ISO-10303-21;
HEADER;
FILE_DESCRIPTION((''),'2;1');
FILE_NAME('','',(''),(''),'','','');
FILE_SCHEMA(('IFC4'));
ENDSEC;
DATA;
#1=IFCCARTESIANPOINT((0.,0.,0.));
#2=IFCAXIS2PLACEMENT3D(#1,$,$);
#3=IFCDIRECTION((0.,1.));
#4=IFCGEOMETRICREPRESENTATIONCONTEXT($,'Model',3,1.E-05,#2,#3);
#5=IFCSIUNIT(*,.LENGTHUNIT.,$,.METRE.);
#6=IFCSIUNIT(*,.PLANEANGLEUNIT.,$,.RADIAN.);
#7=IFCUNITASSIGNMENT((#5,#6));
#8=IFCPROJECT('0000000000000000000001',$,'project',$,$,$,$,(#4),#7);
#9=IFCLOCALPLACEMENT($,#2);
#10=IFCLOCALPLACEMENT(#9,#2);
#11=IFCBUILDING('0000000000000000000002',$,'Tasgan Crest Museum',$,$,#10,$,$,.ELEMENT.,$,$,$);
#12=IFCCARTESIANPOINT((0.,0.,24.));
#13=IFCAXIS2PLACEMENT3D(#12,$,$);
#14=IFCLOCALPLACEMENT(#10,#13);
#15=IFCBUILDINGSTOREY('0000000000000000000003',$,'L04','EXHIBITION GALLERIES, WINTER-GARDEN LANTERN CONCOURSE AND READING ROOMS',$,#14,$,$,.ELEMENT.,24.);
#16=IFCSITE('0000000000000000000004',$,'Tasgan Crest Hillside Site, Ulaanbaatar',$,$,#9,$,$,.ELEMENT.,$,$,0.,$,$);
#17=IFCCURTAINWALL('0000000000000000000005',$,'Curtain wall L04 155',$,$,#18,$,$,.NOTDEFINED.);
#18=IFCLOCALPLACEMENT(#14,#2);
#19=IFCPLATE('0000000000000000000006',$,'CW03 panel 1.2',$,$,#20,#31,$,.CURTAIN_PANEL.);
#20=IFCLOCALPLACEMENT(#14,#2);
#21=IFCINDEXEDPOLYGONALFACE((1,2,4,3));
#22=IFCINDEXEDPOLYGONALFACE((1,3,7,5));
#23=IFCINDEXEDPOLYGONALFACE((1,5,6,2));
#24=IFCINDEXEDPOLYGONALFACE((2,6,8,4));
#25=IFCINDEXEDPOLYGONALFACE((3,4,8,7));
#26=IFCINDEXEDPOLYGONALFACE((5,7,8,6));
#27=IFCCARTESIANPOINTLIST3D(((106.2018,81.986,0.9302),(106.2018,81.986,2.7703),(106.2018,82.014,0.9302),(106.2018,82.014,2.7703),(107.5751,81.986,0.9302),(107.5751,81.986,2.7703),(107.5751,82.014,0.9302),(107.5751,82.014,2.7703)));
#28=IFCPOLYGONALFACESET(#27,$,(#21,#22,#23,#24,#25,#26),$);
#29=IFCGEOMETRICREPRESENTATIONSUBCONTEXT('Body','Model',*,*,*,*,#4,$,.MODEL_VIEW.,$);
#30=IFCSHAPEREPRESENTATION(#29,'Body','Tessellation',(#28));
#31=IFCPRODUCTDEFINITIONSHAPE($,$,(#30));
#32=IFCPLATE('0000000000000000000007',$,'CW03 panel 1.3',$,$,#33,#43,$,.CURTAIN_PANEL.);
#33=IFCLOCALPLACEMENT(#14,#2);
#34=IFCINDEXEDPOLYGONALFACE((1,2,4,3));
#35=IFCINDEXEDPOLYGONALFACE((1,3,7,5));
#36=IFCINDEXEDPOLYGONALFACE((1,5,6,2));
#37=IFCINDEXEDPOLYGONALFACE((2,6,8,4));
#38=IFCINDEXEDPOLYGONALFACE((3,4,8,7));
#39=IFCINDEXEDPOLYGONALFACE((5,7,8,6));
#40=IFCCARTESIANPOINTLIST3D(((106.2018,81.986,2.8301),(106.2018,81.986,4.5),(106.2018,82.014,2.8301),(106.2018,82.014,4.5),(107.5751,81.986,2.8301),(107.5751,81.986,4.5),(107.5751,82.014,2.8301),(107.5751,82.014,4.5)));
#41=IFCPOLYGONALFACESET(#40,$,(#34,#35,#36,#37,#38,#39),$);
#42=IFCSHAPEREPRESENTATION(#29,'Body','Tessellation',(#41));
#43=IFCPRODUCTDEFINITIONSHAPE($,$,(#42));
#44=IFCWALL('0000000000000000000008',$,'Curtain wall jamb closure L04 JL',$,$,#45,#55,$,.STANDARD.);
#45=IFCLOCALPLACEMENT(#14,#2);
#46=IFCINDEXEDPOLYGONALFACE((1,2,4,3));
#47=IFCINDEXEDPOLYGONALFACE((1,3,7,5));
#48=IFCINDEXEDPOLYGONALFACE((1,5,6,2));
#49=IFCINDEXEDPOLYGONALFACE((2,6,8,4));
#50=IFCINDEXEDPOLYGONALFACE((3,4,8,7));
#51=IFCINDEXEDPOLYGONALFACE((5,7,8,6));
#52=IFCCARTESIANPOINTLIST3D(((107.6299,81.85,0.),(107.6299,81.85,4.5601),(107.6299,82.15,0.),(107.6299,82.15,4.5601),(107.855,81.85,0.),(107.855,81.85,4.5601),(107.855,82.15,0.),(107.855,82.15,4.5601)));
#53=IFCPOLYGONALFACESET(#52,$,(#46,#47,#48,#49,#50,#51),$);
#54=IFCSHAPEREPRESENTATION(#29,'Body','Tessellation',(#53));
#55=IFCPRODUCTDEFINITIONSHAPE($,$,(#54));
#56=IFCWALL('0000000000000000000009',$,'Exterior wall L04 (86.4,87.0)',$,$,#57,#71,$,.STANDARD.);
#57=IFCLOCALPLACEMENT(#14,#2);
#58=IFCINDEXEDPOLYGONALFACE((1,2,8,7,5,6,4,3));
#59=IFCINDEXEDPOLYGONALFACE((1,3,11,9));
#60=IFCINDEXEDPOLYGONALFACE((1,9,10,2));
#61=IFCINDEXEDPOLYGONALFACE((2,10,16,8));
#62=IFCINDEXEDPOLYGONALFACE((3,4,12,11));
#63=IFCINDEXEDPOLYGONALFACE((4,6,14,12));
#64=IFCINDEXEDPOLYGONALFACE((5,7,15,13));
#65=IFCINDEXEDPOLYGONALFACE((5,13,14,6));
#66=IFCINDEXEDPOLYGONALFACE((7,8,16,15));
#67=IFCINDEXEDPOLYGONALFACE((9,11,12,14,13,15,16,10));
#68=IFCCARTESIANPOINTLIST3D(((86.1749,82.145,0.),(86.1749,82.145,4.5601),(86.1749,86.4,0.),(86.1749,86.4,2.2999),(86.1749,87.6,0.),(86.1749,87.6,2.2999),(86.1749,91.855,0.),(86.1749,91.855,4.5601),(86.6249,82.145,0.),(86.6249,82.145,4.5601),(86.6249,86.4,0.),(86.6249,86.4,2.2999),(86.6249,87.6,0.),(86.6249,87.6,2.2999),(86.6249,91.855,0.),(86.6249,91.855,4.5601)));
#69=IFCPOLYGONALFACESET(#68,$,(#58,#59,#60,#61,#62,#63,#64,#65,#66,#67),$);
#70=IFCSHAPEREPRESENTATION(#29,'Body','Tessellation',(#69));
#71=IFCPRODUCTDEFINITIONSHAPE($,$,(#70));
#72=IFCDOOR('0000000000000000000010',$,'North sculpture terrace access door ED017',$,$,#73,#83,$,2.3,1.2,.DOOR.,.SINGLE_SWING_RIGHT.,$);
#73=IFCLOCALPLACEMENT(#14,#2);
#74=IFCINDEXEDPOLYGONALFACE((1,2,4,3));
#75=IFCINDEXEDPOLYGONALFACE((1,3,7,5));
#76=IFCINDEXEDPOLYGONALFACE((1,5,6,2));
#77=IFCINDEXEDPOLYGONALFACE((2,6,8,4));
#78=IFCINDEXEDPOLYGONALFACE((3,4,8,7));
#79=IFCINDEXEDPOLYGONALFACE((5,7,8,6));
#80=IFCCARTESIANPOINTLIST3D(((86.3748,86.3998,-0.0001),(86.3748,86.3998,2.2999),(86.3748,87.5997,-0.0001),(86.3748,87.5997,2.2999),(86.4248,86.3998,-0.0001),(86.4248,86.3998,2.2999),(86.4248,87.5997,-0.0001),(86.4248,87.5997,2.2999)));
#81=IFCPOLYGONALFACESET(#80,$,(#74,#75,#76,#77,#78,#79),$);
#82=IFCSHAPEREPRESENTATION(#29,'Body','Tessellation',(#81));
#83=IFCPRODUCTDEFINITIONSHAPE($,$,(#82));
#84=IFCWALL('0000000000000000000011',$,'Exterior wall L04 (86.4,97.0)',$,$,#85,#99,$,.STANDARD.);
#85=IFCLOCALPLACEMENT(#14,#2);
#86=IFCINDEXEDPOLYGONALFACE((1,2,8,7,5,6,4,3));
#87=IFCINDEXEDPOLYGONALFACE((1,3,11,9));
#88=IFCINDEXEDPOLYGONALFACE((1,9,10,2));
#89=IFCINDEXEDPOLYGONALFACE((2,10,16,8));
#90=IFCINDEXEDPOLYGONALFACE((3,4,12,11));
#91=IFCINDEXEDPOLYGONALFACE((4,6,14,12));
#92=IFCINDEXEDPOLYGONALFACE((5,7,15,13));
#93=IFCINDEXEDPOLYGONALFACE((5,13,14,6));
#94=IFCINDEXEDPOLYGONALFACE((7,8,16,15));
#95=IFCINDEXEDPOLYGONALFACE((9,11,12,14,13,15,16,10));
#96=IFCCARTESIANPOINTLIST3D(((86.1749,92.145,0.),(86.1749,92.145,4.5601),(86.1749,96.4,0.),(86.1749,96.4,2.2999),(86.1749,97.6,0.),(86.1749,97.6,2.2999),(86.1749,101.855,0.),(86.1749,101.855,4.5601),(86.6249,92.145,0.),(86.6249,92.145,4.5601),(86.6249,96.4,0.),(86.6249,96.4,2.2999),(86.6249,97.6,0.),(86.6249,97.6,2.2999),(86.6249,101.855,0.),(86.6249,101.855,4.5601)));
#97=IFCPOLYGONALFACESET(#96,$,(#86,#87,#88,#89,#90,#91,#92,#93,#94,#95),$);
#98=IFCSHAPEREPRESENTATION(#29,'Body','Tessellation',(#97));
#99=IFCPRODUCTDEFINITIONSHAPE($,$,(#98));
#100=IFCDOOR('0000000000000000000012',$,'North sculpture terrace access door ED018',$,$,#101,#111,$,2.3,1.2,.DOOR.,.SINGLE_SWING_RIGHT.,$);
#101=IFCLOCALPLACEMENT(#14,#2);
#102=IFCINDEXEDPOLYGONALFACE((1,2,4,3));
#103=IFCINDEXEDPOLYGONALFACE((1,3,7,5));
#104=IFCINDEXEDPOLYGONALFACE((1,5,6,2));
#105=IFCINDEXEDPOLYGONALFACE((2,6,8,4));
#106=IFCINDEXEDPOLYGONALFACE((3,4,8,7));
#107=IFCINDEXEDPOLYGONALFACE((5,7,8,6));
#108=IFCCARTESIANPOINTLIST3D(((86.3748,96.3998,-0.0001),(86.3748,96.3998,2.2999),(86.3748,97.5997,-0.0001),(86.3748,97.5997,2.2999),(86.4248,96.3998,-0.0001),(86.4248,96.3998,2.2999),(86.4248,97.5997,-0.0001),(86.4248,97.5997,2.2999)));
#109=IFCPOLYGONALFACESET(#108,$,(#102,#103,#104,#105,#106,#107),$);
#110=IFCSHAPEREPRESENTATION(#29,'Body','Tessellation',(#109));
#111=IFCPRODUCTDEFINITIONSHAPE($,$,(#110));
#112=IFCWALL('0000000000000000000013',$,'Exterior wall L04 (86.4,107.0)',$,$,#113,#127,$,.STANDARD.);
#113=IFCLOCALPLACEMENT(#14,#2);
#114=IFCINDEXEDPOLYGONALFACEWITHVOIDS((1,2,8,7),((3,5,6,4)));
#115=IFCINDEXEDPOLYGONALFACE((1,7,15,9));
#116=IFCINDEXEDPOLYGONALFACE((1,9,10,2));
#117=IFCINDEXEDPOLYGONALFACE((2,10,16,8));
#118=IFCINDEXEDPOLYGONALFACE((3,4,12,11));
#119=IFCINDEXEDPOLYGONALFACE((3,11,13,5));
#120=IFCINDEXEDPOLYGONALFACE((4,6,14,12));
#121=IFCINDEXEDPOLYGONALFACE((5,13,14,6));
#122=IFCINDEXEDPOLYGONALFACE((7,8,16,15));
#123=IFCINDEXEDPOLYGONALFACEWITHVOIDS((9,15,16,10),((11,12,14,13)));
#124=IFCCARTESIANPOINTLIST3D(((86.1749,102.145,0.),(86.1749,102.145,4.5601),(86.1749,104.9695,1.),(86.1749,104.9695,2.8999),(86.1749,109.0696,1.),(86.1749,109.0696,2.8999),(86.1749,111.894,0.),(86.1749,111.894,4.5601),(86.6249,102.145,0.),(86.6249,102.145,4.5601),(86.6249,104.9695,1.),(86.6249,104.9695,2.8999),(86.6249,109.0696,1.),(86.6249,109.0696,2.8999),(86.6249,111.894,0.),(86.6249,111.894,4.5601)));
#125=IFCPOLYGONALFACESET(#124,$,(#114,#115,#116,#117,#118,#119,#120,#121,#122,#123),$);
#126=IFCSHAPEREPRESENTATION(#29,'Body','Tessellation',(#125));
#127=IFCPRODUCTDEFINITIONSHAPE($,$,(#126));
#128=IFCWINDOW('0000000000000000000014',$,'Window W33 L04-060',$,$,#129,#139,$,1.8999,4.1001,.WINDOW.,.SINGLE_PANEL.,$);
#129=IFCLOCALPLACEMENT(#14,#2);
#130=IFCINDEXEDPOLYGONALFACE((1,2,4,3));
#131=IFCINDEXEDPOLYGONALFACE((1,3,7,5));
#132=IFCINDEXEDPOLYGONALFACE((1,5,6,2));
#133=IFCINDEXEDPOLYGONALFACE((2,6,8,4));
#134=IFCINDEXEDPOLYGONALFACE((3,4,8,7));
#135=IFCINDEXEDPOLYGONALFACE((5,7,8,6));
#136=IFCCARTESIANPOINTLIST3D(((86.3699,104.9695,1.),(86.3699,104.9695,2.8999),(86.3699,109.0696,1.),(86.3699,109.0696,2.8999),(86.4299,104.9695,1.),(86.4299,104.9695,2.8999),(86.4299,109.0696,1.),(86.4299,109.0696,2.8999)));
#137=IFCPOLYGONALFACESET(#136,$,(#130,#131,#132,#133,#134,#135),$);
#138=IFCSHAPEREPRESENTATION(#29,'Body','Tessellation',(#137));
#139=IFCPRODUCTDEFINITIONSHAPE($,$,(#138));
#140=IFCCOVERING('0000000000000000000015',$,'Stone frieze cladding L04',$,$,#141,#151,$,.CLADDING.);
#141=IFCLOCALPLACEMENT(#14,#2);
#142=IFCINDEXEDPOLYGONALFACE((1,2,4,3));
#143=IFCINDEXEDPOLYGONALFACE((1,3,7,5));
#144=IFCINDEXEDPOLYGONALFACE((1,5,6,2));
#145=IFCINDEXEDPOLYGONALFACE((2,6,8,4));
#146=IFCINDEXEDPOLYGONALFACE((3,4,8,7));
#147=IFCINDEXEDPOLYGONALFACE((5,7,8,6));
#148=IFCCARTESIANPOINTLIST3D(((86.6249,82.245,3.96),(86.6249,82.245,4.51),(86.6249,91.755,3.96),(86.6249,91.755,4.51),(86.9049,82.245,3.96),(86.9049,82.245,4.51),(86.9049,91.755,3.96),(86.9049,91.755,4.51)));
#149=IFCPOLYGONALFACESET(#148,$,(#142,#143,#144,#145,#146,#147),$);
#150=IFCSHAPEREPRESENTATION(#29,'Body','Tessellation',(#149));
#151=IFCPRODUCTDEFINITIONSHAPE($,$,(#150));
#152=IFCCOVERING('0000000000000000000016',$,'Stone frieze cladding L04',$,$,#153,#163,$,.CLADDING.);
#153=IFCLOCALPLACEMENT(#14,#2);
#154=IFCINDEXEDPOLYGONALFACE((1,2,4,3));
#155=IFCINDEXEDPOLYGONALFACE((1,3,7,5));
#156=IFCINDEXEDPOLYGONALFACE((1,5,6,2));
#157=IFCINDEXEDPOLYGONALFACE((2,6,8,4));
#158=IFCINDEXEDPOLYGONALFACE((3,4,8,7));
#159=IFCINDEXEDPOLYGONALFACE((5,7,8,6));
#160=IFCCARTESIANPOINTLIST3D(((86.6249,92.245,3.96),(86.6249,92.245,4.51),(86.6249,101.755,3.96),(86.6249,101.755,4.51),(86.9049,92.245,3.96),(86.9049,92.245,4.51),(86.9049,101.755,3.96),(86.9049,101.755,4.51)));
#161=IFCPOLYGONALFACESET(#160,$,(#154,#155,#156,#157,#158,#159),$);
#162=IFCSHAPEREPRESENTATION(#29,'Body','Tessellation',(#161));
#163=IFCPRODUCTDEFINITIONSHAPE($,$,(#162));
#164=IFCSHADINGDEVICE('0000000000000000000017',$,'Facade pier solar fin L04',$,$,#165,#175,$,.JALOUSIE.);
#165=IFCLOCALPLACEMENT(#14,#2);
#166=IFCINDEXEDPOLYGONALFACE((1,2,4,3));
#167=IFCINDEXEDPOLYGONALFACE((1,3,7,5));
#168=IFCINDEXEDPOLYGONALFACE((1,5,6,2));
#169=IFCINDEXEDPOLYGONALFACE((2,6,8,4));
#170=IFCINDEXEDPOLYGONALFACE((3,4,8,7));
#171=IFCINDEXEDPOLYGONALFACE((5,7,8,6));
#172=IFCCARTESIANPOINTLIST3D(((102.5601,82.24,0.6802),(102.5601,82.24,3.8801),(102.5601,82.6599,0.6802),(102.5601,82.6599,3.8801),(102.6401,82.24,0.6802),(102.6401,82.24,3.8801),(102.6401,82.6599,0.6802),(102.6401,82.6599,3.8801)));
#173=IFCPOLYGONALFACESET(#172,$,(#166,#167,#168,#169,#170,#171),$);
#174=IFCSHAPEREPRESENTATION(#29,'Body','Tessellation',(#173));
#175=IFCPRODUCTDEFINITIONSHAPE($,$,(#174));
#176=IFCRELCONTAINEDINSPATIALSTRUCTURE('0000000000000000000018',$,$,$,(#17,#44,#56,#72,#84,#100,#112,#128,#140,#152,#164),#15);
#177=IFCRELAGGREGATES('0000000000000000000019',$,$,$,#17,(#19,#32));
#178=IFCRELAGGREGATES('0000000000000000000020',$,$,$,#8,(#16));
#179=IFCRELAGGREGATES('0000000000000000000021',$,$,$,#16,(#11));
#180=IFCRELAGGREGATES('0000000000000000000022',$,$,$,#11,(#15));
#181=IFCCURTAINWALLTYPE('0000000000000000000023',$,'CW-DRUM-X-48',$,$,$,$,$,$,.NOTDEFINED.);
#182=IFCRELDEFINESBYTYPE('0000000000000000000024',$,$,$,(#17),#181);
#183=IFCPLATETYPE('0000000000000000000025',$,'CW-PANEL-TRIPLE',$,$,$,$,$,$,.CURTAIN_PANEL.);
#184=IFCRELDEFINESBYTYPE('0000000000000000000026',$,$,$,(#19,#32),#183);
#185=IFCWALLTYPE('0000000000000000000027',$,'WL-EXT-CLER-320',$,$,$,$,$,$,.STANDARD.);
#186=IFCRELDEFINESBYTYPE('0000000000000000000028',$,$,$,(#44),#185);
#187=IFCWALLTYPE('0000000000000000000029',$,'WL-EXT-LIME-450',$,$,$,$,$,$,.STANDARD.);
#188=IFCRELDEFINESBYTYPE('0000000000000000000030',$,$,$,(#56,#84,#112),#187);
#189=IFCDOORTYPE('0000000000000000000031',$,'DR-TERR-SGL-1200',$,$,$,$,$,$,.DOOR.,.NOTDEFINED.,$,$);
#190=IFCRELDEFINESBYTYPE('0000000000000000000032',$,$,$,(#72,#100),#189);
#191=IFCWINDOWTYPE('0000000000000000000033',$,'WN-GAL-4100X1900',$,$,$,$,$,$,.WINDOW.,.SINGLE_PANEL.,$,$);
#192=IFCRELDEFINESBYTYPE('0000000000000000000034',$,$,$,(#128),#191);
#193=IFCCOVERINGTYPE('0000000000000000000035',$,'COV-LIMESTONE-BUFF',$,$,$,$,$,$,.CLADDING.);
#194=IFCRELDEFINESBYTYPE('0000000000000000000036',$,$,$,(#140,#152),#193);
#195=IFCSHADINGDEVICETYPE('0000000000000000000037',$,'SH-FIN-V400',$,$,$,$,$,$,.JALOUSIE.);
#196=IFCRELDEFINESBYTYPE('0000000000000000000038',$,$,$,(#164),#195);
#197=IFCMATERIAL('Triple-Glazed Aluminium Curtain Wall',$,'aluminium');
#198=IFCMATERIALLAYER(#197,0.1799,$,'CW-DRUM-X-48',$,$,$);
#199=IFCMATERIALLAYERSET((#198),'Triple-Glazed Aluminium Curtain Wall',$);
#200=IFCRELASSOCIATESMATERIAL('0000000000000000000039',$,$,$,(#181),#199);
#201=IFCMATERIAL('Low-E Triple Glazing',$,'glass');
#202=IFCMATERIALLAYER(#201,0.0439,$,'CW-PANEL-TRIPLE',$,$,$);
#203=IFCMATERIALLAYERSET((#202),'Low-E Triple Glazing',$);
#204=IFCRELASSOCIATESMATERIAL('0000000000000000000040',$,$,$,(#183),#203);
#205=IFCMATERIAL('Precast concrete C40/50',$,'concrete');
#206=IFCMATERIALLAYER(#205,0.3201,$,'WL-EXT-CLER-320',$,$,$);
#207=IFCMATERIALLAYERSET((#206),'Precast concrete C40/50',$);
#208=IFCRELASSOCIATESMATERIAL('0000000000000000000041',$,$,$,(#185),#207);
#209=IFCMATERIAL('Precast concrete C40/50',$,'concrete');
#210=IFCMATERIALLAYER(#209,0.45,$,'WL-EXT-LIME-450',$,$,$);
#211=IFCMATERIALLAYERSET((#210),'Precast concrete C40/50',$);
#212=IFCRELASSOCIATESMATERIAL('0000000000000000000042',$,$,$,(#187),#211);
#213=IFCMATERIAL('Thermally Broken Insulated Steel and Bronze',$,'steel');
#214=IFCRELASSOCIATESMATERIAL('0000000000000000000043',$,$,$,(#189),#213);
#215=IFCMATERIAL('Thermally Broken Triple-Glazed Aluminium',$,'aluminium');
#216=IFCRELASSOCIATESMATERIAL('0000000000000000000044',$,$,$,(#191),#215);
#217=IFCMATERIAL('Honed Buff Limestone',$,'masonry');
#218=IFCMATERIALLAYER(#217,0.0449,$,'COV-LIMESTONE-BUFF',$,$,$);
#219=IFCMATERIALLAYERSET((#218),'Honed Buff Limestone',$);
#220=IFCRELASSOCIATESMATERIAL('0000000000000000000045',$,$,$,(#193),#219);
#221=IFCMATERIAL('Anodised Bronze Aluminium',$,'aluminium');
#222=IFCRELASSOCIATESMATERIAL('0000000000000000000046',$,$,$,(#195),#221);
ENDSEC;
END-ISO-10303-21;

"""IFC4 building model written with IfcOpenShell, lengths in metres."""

from ifc_helpers import new_model, si_unit, direction, frame, frame_2d, origin, origin_2d, place, context, subcontext, project, spatial, rectangle, extrude, material, layer, layer_set, type_object, element, fill, aggregate, save


model = new_model("IFC4")

# Units and contexts
model_context = context("Model", 3, precision=1e-05, world=origin(), true_north=direction((0.0, 1.0)))
body_context = subcontext(model_context, "Body", "Model", "MODEL_VIEW")
ifc_project = project(units=[si_unit("LENGTHUNIT", "METRE"), si_unit("PLANEANGLEUNIT", "RADIAN")], contexts=[model_context])

# Site, building, storey
site_placement = place(None, origin())
site = spatial("IfcSite", under=ifc_project, at=site_placement, Name="Tasgan Crest Hillside Site, Ulaanbaatar", CompositionType="ELEMENT", RefElevation=0.0)
building_placement = place(site_placement, origin())
building = spatial("IfcBuilding", under=site, at=building_placement, Name="Tasgan Crest Museum", CompositionType="ELEMENT")
storey_placement = place(building_placement, frame((0.0, 0.0, 24.0)))
storey = spatial("IfcBuildingStorey", under=building, at=storey_placement, Name="L04", Description="EXHIBITION GALLERIES, WINTER-GARDEN LANTERN CONCOURSE AND READING ROOMS", CompositionType="ELEMENT", Elevation=24.0)

# Curtain wall, plates
ifc_material_1 = material(Name="Triple-Glazed Aluminium Curtain Wall", Category="aluminium")
ifc_layer_1 = layer(ifc_material_1, 0.1799, Name="CW-DRUM-X-48")
ifc_layer_set_1 = layer_set([ifc_layer_1], Name="Triple-Glazed Aluminium Curtain Wall")
curtain_wall_type = type_object("IfcCurtainWallType", Name="CW-DRUM-X-48", PredefinedType="NOTDEFINED", material=ifc_layer_set_1)
curtain_wall_placement = place(storey_placement, origin())
curtain_wall = element("IfcCurtainWall", 1, at=curtain_wall_placement, inside=storey, type_object=curtain_wall_type, Name="Curtain wall L04 155", PredefinedType="NOTDEFINED")
ifc_material_2 = material(Name="Low-E Triple Glazing", Category="glass")
ifc_layer_2 = layer(ifc_material_2, 0.0439, Name="CW-PANEL-TRIPLE")
ifc_layer_set_2 = layer_set([ifc_layer_2], Name="Low-E Triple Glazing")
plate_type = type_object("IfcPlateType", Name="CW-PANEL-TRIPLE", PredefinedType="CURTAIN_PANEL", material=ifc_layer_set_2)
plate_1_placement = place(storey_placement, frame((106.8884, 82.0, 0.9302), z_axis=(0.0, 0.0, 1.0), x_axis=(-1.0, 0.0, 0.0)))
plate_1 = element("IfcPlate", 2, at=plate_1_placement, type_object=plate_type, Name="CW03 panel 1.2", PredefinedType="CURTAIN_PANEL", context=body_context, shape_type="SweptSolid", body=[
    extrude(rectangle(XDim=1.3733, YDim=0.0281, at=origin_2d()), origin(), (0.0, 0.0, 1.0), 1.8401),
])
plate_2_placement = place(storey_placement, frame((106.8884, 82.0, 2.8301), z_axis=(0.0, 0.0, 1.0), x_axis=(-1.0, 0.0, 0.0)))
plate_2 = element("IfcPlate", 3, at=plate_2_placement, type_object=plate_type, Name="CW03 panel 1.3", PredefinedType="CURTAIN_PANEL", context=body_context, shape_type="SweptSolid", body=[
    extrude(rectangle(XDim=1.3733, YDim=0.0281, at=origin_2d()), origin(), (0.0, 0.0, 1.0), 1.6699),
])
aggregate(curtain_wall, [plate_1, plate_2])

# Wall
ifc_material_3 = material(Name="Precast concrete C40/50", Category="concrete")
ifc_layer_3 = layer(ifc_material_3, 0.3201, Name="WL-EXT-CLER-320")
ifc_layer_set_3 = layer_set([ifc_layer_3], Name="Precast concrete C40/50")
wall_type_1 = type_object("IfcWallType", Name="WL-EXT-CLER-320", PredefinedType="STANDARD", material=ifc_layer_set_3)
wall_1_placement = place(storey_placement, frame((107.855, 82.0, 0.0), z_axis=(0.0, 0.0, 1.0), x_axis=(-1.0, 0.0, 0.0)))
element("IfcWall", 4, at=wall_1_placement, inside=storey, type_object=wall_type_1, Name="Curtain wall jamb closure L04 JL", PredefinedType="STANDARD", context=body_context, shape_type="SweptSolid", body=[
    extrude(rectangle(XDim=0.2251, YDim=0.3, at=frame_2d((0.1125, 0.0))), origin(), (0.0, 0.0, 1.0), 4.5601),
])

# Walls, openings, doors
ifc_material_4 = material(Name="Precast concrete C40/50", Category="concrete")
ifc_layer_4 = layer(ifc_material_4, 0.45, Name="WL-EXT-LIME-450")
ifc_layer_set_4 = layer_set([ifc_layer_4], Name="Precast concrete C40/50")
wall_type_2 = type_object("IfcWallType", Name="WL-EXT-LIME-450", PredefinedType="STANDARD", material=ifc_layer_set_4)
wall_2_placement = place(storey_placement, frame((86.3999, 82.145, 0.0), z_axis=(0.0, 0.0, 1.0), x_axis=(0.0, 1.0, 0.0)))
wall_2 = element("IfcWall", 5, at=wall_2_placement, inside=storey, type_object=wall_type_2, Name="Exterior wall L04 (86.4,87.0)", PredefinedType="STANDARD", context=body_context, shape_type="SweptSolid", body=[
    extrude(rectangle(XDim=9.71, YDim=0.45, at=frame_2d((4.855, 0.0))), origin(), (0.0, 0.0, 1.0), 4.5601),
])
opening_1_placement = place(wall_2_placement, frame((4.2549, 0.0, 0.0)))
opening_1 = element("IfcOpeningElement", 6, at=opening_1_placement, cuts=wall_2, PredefinedType="OPENING", context=body_context, shape_type="SweptSolid", body=[
    extrude(rectangle(XDim=1.2, YDim=2.3, at=frame_2d((0.6001, 1.1499))), frame((0.0, 0.2349, 0.0), z_axis=(0.0, -1.0, 0.0), x_axis=(1.0, 0.0, 0.0)), (0.0, 0.0, 1.0), 0.47),
])
ifc_material_5 = material(Name="Thermally Broken Insulated Steel and Bronze", Category="steel")
door_type = type_object("IfcDoorType", Name="DR-TERR-SGL-1200", OperationType="NOTDEFINED", PredefinedType="DOOR", material=ifc_material_5)
door_1_placement = place(opening_1_placement, frame((1.2, 0.0, 0.0), z_axis=(0.0, 0.0, 1.0), x_axis=(-1.0, 0.0, 0.0)))
door_1 = element("IfcDoor", 7, at=door_1_placement, inside=storey, type_object=door_type, Name="North sculpture terrace access door ED017", OperationType="SINGLE_SWING_RIGHT", OverallHeight=2.3, OverallWidth=1.2, PredefinedType="DOOR", context=body_context, shape_type="SweptSolid", body=[
    extrude(rectangle(XDim=1.2, YDim=2.3, at=frame_2d((0.6001, 1.1499))), frame((0.0, 0.0249, 0.0), z_axis=(0.0, -1.0, 0.0), x_axis=(1.0, 0.0, 0.0)), (0.0, 0.0, 1.0), 0.05),
])
fill(opening_1, door_1)
wall_3_placement = place(storey_placement, frame((86.3999, 92.145, 0.0), z_axis=(0.0, 0.0, 1.0), x_axis=(0.0, 1.0, 0.0)))
wall_3 = element("IfcWall", 8, at=wall_3_placement, inside=storey, type_object=wall_type_2, Name="Exterior wall L04 (86.4,97.0)", PredefinedType="STANDARD", context=body_context, shape_type="SweptSolid", body=[
    extrude(rectangle(XDim=9.71, YDim=0.45, at=frame_2d((4.855, 0.0))), origin(), (0.0, 0.0, 1.0), 4.5601),
])
opening_2_placement = place(wall_3_placement, frame((4.2549, 0.0, 0.0)))
opening_2 = element("IfcOpeningElement", 9, at=opening_2_placement, cuts=wall_3, PredefinedType="OPENING", context=body_context, shape_type="SweptSolid", body=[
    extrude(rectangle(XDim=1.2, YDim=2.3, at=frame_2d((0.6001, 1.1499))), frame((0.0, 0.2349, 0.0), z_axis=(0.0, -1.0, 0.0), x_axis=(1.0, 0.0, 0.0)), (0.0, 0.0, 1.0), 0.47),
])
door_2_placement = place(opening_2_placement, frame((1.2, 0.0, 0.0), z_axis=(0.0, 0.0, 1.0), x_axis=(-1.0, 0.0, 0.0)))
door_2 = element("IfcDoor", 10, at=door_2_placement, inside=storey, type_object=door_type, Name="North sculpture terrace access door ED018", OperationType="SINGLE_SWING_RIGHT", OverallHeight=2.3, OverallWidth=1.2, PredefinedType="DOOR", context=body_context, shape_type="SweptSolid", body=[
    extrude(rectangle(XDim=1.2, YDim=2.3, at=frame_2d((0.6001, 1.1499))), frame((0.0, 0.0249, 0.0), z_axis=(0.0, -1.0, 0.0), x_axis=(1.0, 0.0, 0.0)), (0.0, 0.0, 1.0), 0.05),
])
fill(opening_2, door_2)

# Wall, opening, window
wall_4_placement = place(storey_placement, frame((86.3999, 102.145, 0.0), z_axis=(0.0, 0.0, 1.0), x_axis=(0.0, 1.0, 0.0)))
wall_4 = element("IfcWall", 11, at=wall_4_placement, inside=storey, type_object=wall_type_2, Name="Exterior wall L04 (86.4,107.0)", PredefinedType="STANDARD", context=body_context, shape_type="SweptSolid", body=[
    extrude(rectangle(XDim=9.749, YDim=0.45, at=frame_2d((4.8745, 0.0))), origin(), (0.0, 0.0, 1.0), 4.5601),
])
opening_3_placement = place(wall_4_placement, frame((2.8245, 0.0, 1.0)))
opening_3 = element("IfcOpeningElement", 12, at=opening_3_placement, cuts=wall_4, PredefinedType="OPENING", context=body_context, shape_type="SweptSolid", body=[
    extrude(rectangle(XDim=4.1001, YDim=1.8999, at=frame_2d((2.05, 0.95))), frame((0.0, 0.2349, 0.0), z_axis=(0.0, -1.0, 0.0), x_axis=(1.0, 0.0, 0.0)), (0.0, 0.0, 1.0), 0.47),
])
ifc_material_6 = material(Name="Thermally Broken Triple-Glazed Aluminium", Category="aluminium")
window_type = type_object("IfcWindowType", Name="WN-GAL-4100X1900", PartitioningType="SINGLE_PANEL", PredefinedType="WINDOW", material=ifc_material_6)
window_placement = place(opening_3_placement, origin())
window = element("IfcWindow", 13, at=window_placement, inside=storey, type_object=window_type, Name="Window W33 L04-060", OverallHeight=1.8999, OverallWidth=4.1001, PartitioningType="SINGLE_PANEL", PredefinedType="WINDOW", context=body_context, shape_type="SweptSolid", body=[
    extrude(rectangle(XDim=4.1001, YDim=1.8999, at=frame_2d((2.05, 0.95))), frame((0.0, 0.03, 0.0), z_axis=(0.0, -1.0, 0.0), x_axis=(1.0, 0.0, 0.0)), (0.0, 0.0, 1.0), 0.0601),
])
fill(opening_3, window)

# Coverings
ifc_material_7 = material(Name="Honed Buff Limestone", Category="masonry")
ifc_layer_5 = layer(ifc_material_7, 0.0449, Name="COV-LIMESTONE-BUFF")
ifc_layer_set_5 = layer_set([ifc_layer_5], Name="Honed Buff Limestone")
covering_type = type_object("IfcCoveringType", Name="COV-LIMESTONE-BUFF", PredefinedType="CLADDING", material=ifc_layer_set_5)
for number, where, z_axis, x_axis, name in (
    (14, (86.7649, 87.0, 3.96), (0.0, 0.0, 1.0), (0.0, 1.0, 0.0), "Stone frieze cladding L04"),
    (15, (86.7649, 97.0, 3.96), (0.0, 0.0, 1.0), (0.0, 1.0, 0.0), "Stone frieze cladding L04"),
):
    element("IfcCovering", number, at=place(storey_placement, frame(where, z_axis=z_axis, x_axis=x_axis)), inside=storey, type_object=covering_type, Name=name, PredefinedType="CLADDING", context=body_context, shape_type="SweptSolid", body=[
        extrude(rectangle(XDim=9.51, YDim=0.28, at=origin_2d()), origin(), (0.0, 0.0, 1.0), 0.55),
    ])

# Shading device
ifc_material_8 = material(Name="Anodised Bronze Aluminium", Category="aluminium")
shading_device_type = type_object("IfcShadingDeviceType", Name="SH-FIN-V400", PredefinedType="JALOUSIE", material=ifc_material_8)
for number, where, z_axis, x_axis, name in (
    (16, (102.6001, 82.45, 0.6802), (0.0, 0.0, 1.0), (-1.0, 0.0, 0.0), "Facade pier solar fin L04"),
):
    element("IfcShadingDevice", number, at=place(storey_placement, frame(where, z_axis=z_axis, x_axis=x_axis)), inside=storey, type_object=shading_device_type, Name=name, PredefinedType="JALOUSIE", context=body_context, shape_type="SweptSolid", body=[
        extrude(rectangle(XDim=0.0801, YDim=0.4199, at=origin_2d()), origin(), (0.0, 0.0, 1.0), 3.2),
    ])

save(model, "model.ifc")
